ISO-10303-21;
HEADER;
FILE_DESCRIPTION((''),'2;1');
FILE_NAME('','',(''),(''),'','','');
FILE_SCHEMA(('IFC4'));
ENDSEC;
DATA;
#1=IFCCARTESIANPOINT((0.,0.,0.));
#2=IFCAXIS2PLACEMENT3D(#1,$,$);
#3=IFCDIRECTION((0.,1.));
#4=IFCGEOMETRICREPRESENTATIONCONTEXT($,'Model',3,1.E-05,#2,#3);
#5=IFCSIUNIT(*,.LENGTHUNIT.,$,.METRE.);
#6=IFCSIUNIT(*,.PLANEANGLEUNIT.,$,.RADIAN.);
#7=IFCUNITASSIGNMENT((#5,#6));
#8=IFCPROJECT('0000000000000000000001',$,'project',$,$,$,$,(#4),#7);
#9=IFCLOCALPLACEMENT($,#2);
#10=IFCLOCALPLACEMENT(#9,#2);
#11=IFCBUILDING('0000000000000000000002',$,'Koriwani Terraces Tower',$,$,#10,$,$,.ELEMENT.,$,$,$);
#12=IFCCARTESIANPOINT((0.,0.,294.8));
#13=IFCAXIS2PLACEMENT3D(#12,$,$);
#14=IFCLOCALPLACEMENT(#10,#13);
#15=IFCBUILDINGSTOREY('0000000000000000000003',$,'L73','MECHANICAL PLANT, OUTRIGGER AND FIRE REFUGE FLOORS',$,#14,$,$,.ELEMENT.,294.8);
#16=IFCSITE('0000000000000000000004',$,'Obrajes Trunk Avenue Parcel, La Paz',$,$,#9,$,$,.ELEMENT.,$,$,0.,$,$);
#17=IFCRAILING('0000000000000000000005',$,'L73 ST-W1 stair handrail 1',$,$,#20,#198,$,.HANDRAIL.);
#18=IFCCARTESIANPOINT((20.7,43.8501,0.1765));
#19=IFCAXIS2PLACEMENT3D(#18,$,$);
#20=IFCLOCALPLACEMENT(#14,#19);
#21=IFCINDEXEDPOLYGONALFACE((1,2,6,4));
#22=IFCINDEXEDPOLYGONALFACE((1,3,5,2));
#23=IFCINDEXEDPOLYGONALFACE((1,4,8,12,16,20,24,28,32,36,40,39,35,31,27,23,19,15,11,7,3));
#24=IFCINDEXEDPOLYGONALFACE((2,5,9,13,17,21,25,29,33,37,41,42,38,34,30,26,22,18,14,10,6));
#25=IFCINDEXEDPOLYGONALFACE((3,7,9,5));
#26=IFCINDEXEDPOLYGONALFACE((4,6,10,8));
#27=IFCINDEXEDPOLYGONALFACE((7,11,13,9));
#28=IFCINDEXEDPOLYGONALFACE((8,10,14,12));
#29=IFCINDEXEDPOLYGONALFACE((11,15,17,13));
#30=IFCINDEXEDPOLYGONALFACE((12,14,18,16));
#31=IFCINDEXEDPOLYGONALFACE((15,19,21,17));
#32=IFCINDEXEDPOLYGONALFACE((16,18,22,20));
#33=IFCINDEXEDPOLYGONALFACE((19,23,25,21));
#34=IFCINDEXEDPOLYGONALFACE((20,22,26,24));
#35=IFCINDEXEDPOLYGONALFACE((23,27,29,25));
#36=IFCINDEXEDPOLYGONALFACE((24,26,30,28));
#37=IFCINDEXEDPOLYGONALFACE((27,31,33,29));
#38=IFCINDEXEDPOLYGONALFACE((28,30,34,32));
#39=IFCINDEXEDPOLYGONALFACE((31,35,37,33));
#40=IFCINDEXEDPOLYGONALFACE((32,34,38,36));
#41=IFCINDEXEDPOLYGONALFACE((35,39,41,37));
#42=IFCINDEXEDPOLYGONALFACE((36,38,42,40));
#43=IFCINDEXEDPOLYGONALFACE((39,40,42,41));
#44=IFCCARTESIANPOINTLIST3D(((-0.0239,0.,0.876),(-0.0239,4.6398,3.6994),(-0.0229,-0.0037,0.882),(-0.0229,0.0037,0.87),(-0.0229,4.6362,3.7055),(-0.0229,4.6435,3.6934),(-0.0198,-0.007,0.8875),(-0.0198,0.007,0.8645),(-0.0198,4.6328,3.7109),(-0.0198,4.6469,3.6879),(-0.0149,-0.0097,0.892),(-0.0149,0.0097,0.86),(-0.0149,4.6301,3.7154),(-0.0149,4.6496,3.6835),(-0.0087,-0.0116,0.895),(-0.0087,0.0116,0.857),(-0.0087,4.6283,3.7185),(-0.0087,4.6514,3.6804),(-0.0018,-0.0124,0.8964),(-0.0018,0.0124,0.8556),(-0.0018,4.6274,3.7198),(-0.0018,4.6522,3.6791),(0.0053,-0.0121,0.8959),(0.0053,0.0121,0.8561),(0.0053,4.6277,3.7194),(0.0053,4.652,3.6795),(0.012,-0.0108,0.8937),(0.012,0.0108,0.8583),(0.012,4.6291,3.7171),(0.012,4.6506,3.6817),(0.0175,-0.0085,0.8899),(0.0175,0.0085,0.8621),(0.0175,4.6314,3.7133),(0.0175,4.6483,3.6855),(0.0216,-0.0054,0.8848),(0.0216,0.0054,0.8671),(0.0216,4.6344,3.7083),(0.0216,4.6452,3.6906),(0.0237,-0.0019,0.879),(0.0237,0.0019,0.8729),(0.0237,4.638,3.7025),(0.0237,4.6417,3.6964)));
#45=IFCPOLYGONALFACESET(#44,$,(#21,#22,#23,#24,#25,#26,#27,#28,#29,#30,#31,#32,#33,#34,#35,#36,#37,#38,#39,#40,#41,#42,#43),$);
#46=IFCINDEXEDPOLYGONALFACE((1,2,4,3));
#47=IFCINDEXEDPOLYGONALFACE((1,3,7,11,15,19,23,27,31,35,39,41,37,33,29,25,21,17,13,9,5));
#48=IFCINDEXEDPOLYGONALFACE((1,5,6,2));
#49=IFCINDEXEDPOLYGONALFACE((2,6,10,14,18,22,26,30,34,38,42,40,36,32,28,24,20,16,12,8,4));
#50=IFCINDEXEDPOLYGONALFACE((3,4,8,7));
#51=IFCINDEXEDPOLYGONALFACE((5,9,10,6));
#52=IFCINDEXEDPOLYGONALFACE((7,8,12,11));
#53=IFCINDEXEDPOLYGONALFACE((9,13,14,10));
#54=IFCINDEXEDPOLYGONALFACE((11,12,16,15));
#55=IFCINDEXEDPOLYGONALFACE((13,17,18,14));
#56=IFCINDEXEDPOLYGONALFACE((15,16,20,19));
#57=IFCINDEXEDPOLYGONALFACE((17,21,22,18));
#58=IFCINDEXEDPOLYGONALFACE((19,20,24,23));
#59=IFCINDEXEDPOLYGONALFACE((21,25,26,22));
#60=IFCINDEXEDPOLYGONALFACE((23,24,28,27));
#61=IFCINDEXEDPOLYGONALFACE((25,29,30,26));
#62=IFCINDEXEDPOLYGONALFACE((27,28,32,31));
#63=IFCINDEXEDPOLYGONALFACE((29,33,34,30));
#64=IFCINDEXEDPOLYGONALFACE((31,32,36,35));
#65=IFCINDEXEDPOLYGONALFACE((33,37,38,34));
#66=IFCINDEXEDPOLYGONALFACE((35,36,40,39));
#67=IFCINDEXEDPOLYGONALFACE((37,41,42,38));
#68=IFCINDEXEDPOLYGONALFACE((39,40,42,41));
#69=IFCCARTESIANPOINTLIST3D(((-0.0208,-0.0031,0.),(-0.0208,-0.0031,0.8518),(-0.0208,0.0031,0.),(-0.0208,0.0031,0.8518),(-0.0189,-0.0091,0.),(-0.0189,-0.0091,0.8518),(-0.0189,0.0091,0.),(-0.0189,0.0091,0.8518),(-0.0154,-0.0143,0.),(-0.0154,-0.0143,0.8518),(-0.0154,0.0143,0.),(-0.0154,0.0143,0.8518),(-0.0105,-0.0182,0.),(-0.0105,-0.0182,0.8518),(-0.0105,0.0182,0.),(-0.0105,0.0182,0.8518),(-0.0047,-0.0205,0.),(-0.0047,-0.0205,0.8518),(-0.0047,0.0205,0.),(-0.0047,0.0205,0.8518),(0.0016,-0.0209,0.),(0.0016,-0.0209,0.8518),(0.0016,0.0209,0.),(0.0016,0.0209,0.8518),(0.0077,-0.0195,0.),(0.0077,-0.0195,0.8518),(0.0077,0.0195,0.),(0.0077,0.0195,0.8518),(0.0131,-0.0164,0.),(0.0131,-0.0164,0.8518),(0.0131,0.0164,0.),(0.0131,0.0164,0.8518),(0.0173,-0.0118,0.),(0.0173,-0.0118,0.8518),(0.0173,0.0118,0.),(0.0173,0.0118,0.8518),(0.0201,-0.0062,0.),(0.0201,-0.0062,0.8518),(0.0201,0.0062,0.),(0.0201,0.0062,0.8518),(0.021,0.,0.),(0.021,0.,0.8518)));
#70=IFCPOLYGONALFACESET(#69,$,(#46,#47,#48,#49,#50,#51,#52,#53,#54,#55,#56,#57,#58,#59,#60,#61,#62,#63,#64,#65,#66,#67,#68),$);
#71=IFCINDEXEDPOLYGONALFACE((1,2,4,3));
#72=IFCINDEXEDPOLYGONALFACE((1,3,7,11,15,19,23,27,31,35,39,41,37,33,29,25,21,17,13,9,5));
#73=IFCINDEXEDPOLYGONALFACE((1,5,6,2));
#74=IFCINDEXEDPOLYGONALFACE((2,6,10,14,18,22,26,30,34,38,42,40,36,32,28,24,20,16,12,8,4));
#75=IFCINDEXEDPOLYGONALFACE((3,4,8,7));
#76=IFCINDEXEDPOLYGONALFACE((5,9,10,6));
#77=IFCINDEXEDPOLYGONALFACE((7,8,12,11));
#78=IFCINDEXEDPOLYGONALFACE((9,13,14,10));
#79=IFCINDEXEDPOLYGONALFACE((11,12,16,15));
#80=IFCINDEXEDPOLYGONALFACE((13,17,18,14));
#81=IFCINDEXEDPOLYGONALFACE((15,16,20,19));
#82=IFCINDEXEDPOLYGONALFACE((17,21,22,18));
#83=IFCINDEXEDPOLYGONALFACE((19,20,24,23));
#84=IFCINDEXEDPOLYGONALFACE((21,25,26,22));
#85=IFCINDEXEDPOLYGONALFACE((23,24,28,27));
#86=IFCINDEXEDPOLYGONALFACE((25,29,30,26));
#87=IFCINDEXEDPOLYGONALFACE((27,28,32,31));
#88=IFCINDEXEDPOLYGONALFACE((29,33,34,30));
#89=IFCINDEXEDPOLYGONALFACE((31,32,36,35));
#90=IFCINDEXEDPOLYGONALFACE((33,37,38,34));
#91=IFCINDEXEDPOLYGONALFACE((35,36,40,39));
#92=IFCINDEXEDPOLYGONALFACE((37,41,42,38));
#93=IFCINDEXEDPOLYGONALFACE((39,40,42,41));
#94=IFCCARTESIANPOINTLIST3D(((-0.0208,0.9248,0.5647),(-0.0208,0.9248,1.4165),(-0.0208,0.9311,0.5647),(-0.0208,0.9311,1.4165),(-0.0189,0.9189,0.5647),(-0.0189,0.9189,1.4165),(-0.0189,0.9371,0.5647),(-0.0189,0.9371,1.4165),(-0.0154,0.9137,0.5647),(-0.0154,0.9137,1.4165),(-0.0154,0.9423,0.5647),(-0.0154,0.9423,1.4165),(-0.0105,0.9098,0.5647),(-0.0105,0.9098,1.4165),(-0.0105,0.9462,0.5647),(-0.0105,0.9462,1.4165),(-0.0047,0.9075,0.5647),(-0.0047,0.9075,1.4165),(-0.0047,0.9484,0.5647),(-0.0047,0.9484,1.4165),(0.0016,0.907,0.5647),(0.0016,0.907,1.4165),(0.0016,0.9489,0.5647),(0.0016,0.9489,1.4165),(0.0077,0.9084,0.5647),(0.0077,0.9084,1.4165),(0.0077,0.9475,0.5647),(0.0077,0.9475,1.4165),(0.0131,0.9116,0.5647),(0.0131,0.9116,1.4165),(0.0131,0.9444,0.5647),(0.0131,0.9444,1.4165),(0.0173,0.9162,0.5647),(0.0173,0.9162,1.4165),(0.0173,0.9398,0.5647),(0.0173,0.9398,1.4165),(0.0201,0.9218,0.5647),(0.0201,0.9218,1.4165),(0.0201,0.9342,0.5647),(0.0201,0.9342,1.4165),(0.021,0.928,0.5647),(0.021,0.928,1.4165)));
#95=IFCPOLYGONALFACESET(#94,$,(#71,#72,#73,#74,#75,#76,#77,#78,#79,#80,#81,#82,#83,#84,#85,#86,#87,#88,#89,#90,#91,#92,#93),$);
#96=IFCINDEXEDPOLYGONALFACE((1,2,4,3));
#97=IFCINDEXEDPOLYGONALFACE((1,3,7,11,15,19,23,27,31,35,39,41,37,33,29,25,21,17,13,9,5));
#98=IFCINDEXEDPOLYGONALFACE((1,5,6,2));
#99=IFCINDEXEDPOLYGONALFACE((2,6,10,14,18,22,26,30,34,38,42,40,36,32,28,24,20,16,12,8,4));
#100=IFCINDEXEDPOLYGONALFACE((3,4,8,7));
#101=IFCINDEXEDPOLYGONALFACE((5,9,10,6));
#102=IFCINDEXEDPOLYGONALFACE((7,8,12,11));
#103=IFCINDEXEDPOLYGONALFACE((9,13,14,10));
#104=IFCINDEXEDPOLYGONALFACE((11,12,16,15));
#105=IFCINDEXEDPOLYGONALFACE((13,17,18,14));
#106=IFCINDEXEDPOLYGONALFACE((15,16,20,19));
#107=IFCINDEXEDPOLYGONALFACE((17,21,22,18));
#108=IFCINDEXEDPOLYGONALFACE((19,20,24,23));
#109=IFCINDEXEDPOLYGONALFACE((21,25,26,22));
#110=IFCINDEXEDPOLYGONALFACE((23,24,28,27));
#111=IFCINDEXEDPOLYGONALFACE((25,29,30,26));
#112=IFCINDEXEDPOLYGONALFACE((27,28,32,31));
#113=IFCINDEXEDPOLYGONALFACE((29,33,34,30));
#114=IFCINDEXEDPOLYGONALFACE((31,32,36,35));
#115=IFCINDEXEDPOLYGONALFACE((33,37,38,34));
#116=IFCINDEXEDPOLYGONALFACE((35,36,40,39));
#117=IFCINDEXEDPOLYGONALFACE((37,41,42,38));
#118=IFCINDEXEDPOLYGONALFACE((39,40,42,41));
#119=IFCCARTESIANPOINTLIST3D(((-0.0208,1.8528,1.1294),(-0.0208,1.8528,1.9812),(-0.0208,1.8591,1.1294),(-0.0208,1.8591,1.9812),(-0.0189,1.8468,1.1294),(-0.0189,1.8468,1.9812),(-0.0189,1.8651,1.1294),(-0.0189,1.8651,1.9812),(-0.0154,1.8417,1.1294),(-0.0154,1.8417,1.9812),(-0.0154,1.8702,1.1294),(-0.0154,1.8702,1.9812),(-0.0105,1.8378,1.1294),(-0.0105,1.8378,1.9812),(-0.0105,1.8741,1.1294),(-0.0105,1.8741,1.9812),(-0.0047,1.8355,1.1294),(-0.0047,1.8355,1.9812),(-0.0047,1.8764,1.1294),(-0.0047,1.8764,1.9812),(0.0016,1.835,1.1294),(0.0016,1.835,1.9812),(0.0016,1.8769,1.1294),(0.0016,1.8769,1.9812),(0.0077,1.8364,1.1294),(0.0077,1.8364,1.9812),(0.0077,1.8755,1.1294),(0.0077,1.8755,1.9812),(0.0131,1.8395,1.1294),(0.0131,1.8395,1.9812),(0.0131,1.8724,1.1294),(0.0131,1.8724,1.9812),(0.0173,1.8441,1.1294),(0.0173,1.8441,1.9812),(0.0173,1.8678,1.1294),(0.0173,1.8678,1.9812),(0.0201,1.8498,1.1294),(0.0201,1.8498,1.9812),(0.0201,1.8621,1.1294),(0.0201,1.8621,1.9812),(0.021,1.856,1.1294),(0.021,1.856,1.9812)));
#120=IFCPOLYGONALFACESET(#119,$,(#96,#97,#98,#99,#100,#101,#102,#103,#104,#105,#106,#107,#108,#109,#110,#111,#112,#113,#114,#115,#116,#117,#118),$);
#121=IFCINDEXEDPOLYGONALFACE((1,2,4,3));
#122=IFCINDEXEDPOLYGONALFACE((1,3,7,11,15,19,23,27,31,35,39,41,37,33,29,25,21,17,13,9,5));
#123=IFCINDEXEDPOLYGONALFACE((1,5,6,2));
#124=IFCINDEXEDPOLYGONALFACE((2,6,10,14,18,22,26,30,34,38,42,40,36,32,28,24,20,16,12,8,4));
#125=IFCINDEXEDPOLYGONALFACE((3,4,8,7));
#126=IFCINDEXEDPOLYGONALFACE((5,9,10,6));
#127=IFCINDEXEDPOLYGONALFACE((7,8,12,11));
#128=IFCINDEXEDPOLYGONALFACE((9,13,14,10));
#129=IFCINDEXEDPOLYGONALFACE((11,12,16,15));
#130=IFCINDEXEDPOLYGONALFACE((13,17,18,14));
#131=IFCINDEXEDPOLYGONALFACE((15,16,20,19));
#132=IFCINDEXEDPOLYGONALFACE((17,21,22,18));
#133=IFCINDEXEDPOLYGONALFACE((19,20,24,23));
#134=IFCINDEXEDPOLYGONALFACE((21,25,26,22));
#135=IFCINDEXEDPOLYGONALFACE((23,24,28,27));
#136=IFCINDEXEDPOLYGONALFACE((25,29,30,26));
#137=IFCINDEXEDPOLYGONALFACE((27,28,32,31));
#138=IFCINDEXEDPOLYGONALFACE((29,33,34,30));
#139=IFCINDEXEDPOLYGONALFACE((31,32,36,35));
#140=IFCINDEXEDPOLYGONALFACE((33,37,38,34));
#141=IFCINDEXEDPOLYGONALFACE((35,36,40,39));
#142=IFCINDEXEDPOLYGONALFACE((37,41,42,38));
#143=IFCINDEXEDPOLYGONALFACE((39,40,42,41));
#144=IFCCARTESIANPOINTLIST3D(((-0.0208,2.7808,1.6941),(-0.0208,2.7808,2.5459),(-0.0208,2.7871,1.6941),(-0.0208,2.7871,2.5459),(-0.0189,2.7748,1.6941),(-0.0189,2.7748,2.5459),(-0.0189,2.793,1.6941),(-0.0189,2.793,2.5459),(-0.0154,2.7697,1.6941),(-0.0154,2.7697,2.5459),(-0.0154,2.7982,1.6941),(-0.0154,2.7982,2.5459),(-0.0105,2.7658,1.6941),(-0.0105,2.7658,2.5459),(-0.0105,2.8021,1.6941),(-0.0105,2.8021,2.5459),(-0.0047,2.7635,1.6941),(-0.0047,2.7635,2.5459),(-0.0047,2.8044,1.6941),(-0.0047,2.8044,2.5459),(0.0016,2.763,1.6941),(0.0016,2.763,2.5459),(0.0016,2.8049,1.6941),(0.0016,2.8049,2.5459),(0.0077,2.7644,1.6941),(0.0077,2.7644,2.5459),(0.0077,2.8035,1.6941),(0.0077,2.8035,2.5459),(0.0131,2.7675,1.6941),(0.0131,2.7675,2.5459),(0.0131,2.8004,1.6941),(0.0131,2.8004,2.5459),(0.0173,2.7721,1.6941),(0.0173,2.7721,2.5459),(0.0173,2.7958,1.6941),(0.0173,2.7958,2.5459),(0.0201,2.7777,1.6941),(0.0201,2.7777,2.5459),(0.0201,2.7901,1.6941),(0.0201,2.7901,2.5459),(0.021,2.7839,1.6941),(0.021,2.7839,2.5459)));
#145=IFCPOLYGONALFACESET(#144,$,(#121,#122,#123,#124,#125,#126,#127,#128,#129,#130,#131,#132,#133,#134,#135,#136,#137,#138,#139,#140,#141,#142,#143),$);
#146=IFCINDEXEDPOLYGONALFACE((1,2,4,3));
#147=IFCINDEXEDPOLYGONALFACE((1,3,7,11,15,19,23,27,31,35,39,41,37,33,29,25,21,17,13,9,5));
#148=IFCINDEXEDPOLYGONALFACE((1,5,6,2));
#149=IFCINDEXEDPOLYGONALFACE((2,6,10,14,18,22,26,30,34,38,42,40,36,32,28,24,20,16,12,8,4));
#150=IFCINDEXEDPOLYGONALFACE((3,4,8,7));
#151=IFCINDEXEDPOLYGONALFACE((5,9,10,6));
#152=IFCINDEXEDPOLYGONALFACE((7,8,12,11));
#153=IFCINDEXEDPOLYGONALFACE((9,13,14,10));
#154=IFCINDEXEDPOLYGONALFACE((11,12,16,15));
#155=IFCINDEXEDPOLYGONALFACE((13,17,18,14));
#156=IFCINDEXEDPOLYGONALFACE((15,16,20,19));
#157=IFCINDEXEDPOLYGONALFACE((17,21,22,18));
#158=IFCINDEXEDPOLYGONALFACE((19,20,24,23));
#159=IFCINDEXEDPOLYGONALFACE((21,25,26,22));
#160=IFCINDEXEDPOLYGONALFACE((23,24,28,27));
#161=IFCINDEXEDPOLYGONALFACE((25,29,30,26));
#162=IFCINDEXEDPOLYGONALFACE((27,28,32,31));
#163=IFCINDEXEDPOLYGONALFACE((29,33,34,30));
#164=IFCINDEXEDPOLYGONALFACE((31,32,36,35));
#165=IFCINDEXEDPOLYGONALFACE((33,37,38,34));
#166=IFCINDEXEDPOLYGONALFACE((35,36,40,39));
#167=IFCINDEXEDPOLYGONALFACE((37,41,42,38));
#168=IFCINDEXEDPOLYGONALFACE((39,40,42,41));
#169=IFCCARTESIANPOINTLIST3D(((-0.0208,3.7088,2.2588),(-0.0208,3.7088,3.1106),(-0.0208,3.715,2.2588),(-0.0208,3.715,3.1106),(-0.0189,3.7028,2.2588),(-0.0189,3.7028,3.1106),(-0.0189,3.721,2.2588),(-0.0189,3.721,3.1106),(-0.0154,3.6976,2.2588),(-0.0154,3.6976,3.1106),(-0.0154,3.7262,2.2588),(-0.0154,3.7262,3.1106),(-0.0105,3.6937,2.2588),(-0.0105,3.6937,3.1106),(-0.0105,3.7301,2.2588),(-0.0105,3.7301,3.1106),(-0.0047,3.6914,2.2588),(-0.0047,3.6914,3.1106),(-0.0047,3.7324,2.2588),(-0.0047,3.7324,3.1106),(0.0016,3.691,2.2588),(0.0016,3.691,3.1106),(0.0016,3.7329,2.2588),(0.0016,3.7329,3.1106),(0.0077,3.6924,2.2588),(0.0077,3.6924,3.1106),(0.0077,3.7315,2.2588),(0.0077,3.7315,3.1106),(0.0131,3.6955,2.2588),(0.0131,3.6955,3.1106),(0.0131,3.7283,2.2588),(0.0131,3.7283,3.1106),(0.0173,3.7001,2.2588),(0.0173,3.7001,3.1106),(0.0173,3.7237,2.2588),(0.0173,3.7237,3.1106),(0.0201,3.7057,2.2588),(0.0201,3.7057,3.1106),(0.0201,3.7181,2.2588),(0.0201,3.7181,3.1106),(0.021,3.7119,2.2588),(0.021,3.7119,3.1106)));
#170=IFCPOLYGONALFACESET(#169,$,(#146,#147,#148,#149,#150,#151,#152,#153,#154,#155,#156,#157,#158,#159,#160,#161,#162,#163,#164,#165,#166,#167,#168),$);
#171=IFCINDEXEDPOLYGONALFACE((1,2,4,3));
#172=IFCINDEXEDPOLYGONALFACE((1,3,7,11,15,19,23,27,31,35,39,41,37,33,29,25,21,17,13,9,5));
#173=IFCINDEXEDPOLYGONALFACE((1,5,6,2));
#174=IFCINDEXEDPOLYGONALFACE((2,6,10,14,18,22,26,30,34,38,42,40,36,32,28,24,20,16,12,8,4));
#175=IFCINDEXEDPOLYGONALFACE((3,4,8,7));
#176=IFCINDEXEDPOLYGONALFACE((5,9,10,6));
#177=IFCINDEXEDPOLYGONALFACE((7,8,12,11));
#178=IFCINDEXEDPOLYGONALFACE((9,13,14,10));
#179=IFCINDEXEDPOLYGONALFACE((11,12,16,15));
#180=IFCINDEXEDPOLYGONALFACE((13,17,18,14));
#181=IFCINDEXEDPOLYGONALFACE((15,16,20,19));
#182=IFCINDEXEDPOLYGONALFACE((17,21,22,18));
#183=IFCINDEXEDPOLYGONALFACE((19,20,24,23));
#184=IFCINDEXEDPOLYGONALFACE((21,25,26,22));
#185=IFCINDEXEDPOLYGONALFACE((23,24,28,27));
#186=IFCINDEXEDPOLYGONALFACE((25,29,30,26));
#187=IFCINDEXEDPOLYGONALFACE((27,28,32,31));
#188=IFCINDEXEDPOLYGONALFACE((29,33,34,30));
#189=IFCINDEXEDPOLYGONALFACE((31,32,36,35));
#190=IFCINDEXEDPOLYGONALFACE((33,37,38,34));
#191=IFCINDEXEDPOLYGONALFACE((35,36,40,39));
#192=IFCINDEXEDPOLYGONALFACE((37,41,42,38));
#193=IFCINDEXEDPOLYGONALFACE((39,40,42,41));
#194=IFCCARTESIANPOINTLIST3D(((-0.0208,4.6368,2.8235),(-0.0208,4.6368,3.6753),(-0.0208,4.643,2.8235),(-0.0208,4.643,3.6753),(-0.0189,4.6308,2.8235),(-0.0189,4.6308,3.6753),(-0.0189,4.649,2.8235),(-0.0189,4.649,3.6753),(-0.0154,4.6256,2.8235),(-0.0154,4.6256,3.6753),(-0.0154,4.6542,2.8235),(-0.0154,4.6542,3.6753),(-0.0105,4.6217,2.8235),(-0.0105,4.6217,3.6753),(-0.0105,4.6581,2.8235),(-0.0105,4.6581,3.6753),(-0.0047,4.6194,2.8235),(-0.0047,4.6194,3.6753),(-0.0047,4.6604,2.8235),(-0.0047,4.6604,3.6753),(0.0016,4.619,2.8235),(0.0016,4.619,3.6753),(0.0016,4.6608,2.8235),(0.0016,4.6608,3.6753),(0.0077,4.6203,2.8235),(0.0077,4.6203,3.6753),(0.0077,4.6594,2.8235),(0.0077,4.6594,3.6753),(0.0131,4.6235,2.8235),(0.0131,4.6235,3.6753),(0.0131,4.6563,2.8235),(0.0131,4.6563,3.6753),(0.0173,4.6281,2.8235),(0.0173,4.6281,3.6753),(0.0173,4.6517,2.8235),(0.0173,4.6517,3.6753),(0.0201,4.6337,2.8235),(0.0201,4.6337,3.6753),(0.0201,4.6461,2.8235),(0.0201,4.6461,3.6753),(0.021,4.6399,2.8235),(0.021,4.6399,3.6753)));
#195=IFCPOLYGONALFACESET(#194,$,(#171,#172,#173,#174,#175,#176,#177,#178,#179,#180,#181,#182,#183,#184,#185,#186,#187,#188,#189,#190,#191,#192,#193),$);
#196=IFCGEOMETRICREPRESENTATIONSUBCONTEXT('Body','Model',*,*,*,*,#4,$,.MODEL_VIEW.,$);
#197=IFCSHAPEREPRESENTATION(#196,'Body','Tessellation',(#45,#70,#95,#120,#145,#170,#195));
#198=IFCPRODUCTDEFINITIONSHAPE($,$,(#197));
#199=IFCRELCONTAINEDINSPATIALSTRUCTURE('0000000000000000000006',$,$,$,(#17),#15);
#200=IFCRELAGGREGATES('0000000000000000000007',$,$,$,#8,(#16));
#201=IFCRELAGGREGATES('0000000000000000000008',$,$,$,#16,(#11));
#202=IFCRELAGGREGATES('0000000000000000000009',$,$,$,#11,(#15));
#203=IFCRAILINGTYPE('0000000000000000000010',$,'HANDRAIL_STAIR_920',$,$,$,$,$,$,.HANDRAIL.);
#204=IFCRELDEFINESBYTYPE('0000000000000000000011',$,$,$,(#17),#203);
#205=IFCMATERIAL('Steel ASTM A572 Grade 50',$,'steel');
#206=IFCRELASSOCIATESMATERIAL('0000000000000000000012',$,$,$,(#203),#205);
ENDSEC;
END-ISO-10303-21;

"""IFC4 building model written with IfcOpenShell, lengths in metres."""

from ifc_helpers import new_model, si_unit, direction, frame, origin, origin_2d, place, context, subcontext, project, spatial, circle, extrude, material, type_object, element, save


model = new_model("IFC4")

# Units and contexts
model_context = context("Model", 3, precision=1e-05, world=origin(), true_north=direction((0.0, 1.0)))
body_context = subcontext(model_context, "Body", "Model", "MODEL_VIEW")
ifc_project = project(units=[si_unit("LENGTHUNIT", "METRE"), si_unit("PLANEANGLEUNIT", "RADIAN")], contexts=[model_context])

# Site, building, storey
site_placement = place(None, origin())
site = spatial("IfcSite", under=ifc_project, at=site_placement, Name="Obrajes Trunk Avenue Parcel, La Paz", CompositionType="ELEMENT", RefElevation=0.0)
building_placement = place(site_placement, origin())
building = spatial("IfcBuilding", under=site, at=building_placement, Name="Koriwani Terraces Tower", CompositionType="ELEMENT")
storey_placement = place(building_placement, frame((0.0, 0.0, 294.8)))
storey = spatial("IfcBuildingStorey", under=building, at=storey_placement, Name="L73", Description="MECHANICAL PLANT, OUTRIGGER AND FIRE REFUGE FLOORS", CompositionType="ELEMENT", Elevation=294.8)

# Shared definitions
ifc_material_1 = material(Name="Steel ASTM A572 Grade 50", Category="steel")

# Railing
railing_type = type_object("IfcRailingType", Name="HANDRAIL_STAIR_920", PredefinedType="HANDRAIL", material=ifc_material_1)
railing_placement = place(storey_placement, frame((20.7, 43.8501, 0.1765)))
element("IfcRailing", 1, at=railing_placement, inside=storey, type_object=railing_type, Name="L73 ST-W1 stair handrail 1", PredefinedType="HANDRAIL", context=body_context, shape_type="SweptSolid", body=[
    extrude(circle(Radius=0.0239, at=origin_2d()), frame((0.0, 0.0, 0.876), z_axis=(0.0, 0.854264, 0.51984), x_axis=(-1.0, 0.0, 0.0)), (0.0, 0.0, 1.0), 5.4314),
    extrude(circle(Radius=0.021, at=origin_2d()), origin(), (0.0, 0.0, 1.0), 0.8518),
    extrude(circle(Radius=0.021, at=origin_2d()), frame((0.0, 0.928, 0.5647)), (0.0, 0.0, 1.0), 0.8518),
    extrude(circle(Radius=0.021, at=origin_2d()), frame((0.0, 1.856, 1.1294)), (0.0, 0.0, 1.0), 0.8518),
    extrude(circle(Radius=0.021, at=origin_2d()), frame((0.0, 2.7839, 1.6941)), (0.0, 0.0, 1.0), 0.8518),
    extrude(circle(Radius=0.021, at=origin_2d()), frame((0.0, 3.7119, 2.2588)), (0.0, 0.0, 1.0), 0.8518),
    extrude(circle(Radius=0.021, at=origin_2d()), frame((0.0, 4.6399, 2.8235)), (0.0, 0.0, 1.0), 0.8518),
])

save(model, "model.ifc")
